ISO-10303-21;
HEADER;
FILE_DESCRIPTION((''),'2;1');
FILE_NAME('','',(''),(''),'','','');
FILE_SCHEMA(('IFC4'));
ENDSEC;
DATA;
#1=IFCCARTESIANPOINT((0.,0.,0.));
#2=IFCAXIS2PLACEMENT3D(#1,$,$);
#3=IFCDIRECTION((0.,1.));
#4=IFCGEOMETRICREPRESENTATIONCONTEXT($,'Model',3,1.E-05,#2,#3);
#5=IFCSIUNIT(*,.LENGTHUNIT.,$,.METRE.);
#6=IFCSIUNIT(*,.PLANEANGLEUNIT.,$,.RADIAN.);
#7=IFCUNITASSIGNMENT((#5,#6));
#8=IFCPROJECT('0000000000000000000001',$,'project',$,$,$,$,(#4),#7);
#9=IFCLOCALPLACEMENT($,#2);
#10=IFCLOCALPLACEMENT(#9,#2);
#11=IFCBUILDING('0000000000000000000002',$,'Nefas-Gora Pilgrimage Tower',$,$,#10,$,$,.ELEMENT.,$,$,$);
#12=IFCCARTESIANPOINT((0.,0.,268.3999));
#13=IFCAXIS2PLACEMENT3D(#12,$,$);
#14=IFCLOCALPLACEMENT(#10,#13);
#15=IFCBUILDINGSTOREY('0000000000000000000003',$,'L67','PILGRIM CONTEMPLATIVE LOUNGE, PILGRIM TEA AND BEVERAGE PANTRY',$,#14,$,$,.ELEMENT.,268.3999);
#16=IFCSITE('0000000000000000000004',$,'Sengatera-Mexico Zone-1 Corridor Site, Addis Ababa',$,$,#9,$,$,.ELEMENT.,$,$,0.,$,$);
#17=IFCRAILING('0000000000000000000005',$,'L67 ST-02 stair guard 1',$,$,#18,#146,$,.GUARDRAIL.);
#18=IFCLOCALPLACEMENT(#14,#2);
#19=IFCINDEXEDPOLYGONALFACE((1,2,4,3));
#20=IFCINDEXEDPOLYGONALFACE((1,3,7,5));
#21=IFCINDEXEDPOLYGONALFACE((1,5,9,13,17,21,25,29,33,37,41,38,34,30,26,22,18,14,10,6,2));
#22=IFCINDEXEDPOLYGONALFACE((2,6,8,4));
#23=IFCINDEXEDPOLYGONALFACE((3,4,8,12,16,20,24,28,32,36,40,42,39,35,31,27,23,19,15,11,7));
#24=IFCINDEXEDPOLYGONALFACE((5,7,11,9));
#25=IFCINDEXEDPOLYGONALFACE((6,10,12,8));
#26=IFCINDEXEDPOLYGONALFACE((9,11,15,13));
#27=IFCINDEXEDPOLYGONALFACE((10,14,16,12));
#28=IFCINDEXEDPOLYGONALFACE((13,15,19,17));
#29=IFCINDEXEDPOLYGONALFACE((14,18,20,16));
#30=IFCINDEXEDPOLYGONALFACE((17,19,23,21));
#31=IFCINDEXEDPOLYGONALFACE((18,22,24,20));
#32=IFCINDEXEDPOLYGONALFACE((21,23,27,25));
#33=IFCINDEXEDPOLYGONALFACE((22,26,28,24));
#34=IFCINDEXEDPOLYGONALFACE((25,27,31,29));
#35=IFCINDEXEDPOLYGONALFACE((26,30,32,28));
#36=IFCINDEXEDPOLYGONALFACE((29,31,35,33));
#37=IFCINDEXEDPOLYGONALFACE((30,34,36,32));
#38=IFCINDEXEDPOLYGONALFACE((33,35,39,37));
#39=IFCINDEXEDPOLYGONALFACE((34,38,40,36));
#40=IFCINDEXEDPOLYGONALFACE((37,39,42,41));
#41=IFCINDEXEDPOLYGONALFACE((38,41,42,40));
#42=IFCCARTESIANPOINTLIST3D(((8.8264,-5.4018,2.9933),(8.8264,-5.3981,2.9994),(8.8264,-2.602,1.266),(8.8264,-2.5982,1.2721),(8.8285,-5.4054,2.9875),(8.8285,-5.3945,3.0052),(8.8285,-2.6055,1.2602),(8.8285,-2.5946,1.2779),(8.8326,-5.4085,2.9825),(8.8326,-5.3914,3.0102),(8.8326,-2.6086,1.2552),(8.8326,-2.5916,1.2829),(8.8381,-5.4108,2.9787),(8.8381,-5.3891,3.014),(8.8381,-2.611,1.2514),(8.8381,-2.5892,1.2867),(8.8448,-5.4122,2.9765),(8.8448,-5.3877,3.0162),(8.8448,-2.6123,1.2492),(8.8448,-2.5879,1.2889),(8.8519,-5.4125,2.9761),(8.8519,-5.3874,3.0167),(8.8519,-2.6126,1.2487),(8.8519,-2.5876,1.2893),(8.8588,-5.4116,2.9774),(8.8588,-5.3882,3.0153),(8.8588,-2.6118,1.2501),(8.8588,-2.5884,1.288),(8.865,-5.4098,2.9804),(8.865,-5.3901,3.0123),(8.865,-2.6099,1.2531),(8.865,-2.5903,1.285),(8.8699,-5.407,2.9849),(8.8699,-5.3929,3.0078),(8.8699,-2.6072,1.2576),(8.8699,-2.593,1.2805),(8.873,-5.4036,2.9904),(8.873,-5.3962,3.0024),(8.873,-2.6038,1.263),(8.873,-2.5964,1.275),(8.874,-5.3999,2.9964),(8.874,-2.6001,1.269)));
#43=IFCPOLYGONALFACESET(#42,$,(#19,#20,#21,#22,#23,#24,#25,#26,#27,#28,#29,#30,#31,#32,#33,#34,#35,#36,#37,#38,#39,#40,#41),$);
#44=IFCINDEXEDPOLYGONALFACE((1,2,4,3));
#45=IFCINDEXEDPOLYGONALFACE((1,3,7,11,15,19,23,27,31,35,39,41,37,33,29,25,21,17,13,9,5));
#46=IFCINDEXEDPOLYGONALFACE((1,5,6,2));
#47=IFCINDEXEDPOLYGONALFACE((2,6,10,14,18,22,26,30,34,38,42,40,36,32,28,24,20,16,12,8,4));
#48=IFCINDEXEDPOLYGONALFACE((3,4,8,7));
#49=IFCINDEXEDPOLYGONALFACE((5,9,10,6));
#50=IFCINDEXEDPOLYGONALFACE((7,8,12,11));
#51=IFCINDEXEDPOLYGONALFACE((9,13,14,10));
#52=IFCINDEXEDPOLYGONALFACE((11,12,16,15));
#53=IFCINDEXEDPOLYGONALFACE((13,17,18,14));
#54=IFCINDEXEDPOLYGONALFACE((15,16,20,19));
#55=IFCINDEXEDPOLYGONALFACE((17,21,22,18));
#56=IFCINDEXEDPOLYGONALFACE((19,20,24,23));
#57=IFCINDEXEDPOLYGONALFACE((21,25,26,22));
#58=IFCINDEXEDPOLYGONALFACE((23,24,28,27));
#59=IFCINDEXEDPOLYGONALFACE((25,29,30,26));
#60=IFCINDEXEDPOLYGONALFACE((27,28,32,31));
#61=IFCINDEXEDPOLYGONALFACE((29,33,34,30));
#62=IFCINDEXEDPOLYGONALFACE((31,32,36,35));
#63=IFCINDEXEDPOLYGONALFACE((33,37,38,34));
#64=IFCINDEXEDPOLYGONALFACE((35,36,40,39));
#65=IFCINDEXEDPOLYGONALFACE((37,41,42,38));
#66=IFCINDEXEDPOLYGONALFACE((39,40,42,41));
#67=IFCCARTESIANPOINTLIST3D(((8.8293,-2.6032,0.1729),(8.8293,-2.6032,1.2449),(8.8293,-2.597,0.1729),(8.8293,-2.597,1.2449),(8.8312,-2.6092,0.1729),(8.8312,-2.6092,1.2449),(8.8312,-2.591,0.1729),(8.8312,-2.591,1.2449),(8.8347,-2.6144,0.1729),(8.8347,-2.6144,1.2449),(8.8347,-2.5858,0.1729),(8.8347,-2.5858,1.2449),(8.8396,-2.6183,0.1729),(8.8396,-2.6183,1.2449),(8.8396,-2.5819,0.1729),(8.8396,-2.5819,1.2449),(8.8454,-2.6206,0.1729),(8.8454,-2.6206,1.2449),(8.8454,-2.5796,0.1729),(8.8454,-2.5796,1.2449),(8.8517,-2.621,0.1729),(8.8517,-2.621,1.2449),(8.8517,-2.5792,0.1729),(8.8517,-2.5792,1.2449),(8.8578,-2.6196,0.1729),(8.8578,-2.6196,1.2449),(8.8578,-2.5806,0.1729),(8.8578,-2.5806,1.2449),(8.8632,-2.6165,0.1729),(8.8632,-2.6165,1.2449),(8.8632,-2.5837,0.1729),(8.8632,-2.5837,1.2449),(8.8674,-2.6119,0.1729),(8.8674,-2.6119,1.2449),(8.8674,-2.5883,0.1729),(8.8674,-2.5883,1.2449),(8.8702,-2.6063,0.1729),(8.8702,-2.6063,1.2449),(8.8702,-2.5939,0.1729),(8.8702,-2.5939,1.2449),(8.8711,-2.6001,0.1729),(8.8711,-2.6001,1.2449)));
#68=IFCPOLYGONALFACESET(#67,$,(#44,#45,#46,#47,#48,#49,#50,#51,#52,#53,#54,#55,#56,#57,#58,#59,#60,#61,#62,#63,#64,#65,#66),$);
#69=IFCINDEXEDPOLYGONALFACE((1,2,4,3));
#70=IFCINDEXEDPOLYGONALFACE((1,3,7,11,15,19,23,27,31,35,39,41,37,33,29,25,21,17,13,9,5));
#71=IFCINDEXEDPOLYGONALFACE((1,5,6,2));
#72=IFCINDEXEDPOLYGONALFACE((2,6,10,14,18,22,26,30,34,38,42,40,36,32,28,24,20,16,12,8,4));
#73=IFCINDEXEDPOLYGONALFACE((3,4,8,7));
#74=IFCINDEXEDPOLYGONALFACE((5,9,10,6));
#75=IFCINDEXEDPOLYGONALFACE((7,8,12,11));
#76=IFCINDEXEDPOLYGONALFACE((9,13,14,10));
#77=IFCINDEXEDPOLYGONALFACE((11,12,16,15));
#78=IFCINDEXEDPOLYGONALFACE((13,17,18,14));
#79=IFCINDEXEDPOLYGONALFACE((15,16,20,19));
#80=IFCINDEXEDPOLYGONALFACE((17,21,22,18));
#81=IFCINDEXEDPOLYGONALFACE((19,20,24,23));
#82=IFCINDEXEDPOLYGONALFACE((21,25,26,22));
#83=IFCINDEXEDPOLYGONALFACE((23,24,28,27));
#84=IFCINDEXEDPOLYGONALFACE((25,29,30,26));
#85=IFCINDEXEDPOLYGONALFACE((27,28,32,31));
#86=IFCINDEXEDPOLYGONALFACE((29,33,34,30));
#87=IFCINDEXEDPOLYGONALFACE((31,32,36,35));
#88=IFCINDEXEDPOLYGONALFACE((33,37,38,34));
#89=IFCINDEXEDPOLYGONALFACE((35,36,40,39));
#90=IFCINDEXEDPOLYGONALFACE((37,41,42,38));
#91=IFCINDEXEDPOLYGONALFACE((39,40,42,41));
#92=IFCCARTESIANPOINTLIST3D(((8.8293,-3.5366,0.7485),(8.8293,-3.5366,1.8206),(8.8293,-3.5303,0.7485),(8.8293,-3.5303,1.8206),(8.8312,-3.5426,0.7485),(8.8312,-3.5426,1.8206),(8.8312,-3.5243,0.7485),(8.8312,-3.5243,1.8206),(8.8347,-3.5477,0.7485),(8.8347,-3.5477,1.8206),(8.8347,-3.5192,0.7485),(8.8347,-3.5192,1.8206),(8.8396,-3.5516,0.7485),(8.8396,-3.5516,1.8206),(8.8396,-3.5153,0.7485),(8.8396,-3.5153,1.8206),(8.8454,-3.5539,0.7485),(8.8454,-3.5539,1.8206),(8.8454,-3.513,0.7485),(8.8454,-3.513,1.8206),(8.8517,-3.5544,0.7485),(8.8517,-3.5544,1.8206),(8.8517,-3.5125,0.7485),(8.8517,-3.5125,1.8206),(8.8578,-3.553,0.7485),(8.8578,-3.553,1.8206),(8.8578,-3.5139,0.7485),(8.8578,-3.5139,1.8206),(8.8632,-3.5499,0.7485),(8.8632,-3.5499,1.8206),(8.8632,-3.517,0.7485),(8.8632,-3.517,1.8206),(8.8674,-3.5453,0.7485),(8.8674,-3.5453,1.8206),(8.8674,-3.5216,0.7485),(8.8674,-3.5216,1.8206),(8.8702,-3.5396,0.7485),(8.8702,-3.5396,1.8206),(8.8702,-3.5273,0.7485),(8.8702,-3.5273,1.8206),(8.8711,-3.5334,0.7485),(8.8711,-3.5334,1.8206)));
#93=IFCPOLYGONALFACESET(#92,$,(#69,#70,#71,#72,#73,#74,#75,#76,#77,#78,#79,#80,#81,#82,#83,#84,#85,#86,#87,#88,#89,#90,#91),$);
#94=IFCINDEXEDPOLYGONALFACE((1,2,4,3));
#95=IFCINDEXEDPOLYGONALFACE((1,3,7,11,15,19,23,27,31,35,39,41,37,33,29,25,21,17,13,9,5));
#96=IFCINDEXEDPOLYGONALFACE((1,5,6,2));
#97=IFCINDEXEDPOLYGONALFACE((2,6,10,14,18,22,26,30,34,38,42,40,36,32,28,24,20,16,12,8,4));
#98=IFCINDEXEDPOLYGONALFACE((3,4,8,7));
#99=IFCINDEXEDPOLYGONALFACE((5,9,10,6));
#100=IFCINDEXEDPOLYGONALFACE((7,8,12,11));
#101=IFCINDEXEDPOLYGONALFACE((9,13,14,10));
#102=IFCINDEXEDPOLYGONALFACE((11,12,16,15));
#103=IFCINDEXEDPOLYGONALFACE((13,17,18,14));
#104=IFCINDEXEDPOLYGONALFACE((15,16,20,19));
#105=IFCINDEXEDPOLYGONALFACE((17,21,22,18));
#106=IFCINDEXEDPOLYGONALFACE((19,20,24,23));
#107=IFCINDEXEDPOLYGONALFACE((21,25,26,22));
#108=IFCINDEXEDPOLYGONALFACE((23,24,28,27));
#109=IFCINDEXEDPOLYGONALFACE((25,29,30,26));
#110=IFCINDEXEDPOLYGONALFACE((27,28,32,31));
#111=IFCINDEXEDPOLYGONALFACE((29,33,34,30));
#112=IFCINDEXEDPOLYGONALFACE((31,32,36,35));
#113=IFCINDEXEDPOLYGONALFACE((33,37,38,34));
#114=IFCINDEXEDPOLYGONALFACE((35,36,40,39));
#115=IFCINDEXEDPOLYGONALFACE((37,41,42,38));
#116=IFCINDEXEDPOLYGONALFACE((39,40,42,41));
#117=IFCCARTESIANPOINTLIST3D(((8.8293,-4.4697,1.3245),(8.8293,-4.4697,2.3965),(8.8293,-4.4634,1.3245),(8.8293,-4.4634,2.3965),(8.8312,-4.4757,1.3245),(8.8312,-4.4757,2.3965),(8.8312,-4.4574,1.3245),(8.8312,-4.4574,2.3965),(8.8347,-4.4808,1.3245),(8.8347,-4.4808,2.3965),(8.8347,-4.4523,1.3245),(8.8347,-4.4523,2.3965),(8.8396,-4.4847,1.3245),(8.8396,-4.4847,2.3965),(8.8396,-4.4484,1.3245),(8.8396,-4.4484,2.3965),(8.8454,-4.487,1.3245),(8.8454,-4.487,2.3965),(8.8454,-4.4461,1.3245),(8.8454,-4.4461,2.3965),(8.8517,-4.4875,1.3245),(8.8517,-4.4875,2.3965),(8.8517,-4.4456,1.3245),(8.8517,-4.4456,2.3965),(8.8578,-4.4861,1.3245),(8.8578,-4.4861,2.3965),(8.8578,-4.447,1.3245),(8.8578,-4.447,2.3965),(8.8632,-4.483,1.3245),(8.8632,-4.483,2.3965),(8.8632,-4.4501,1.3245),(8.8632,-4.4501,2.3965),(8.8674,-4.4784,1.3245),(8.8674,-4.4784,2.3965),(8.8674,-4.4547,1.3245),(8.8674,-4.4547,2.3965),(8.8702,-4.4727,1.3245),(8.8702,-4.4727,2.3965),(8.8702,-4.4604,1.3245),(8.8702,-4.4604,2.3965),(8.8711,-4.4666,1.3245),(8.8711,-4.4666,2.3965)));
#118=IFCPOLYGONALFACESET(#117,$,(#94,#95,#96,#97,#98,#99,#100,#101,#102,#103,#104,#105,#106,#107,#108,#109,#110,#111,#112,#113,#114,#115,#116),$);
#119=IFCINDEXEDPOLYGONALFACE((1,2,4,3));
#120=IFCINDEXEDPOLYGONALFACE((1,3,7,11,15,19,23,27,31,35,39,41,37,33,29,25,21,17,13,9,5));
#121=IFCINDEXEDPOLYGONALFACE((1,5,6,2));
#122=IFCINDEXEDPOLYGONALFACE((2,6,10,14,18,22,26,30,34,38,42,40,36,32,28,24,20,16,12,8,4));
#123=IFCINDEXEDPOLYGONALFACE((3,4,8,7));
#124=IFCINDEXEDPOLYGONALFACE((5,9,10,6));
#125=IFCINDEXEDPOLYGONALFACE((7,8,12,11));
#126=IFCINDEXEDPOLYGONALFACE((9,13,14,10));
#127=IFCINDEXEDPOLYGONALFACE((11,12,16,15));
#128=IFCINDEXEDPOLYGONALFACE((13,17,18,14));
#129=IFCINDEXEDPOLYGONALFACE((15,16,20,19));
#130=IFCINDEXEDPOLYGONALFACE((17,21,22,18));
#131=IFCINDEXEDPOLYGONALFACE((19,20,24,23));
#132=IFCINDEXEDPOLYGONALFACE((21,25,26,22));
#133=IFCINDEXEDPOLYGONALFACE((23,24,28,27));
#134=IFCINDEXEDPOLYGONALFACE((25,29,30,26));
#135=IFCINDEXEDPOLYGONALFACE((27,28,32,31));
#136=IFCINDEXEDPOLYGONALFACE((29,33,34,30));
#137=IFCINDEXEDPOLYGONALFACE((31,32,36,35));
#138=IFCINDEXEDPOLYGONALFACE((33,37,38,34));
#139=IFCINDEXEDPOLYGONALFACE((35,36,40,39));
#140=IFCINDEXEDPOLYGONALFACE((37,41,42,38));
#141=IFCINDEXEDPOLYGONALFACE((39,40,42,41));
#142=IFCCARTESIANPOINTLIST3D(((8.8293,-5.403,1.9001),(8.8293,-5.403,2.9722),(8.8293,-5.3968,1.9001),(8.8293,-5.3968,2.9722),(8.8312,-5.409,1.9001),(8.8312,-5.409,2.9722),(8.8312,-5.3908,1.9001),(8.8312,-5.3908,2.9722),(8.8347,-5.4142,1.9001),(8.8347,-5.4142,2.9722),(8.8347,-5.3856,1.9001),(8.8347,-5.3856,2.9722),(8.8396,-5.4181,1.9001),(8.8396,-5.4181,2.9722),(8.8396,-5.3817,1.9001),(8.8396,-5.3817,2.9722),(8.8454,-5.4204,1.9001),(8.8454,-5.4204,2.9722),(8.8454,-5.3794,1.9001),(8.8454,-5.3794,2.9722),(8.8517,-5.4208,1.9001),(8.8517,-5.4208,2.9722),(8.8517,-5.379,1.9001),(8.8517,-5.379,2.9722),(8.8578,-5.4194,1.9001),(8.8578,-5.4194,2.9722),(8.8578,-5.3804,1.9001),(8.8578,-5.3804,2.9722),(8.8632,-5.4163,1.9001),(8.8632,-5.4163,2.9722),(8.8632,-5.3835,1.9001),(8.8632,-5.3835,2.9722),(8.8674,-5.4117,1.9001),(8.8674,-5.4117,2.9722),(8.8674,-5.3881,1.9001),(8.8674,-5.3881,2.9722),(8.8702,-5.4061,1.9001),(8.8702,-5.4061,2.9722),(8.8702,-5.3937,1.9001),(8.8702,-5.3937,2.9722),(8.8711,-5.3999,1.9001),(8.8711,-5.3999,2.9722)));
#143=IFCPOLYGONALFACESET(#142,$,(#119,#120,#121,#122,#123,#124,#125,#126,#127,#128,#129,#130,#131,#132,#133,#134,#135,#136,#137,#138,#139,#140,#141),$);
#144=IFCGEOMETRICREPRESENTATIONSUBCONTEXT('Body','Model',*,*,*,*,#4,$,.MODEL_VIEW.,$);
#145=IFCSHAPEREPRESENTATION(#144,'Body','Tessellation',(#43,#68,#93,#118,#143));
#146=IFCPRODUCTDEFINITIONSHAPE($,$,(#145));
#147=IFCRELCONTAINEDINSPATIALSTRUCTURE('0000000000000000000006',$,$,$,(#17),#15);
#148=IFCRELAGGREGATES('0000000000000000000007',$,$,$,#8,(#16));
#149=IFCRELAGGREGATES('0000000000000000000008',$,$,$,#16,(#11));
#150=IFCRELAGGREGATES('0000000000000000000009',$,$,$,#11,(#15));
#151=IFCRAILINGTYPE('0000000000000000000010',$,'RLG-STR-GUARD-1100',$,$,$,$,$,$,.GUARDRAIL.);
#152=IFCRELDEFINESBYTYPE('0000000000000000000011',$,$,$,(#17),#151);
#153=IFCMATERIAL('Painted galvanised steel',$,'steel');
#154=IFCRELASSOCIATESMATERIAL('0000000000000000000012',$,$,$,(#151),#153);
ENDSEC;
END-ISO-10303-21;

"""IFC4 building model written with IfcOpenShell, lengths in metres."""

from ifc_helpers import new_model, si_unit, direction, frame, origin, origin_2d, place, context, subcontext, project, spatial, circle, extrude, material, type_object, element, save


model = new_model("IFC4")

# Units and contexts
model_context = context("Model", 3, precision=1e-05, world=origin(), true_north=direction((0.0, 1.0)))
body_context = subcontext(model_context, "Body", "Model", "MODEL_VIEW")
ifc_project = project(units=[si_unit("LENGTHUNIT", "METRE"), si_unit("PLANEANGLEUNIT", "RADIAN")], contexts=[model_context])

# Site, building, storey
site_placement = place(None, origin())
site = spatial("IfcSite", under=ifc_project, at=site_placement, Name="Sengatera-Mexico Zone-1 Corridor Site, Addis Ababa", CompositionType="ELEMENT", RefElevation=0.0)
building_placement = place(site_placement, origin())
building = spatial("IfcBuilding", under=site, at=building_placement, Name="Nefas-Gora Pilgrimage Tower", CompositionType="ELEMENT")
storey_placement = place(building_placement, frame((0.0, 0.0, 268.3999)))
storey = spatial("IfcBuildingStorey", under=building, at=storey_placement, Name="L67", Description="PILGRIM CONTEMPLATIVE LOUNGE, PILGRIM TEA AND BEVERAGE PANTRY", CompositionType="ELEMENT", Elevation=268.3999)

# Railing
ifc_material_1 = material(Name="Painted galvanised steel", Category="steel")
railing_type_1 = type_object("IfcRailingType", Name="RLG-STR-GUARD-1100", PredefinedType="GUARDRAIL", material=ifc_material_1)
railing_1_placement = place(storey_placement, frame((8.8501, -2.6001, 0.1729)))
element("IfcRailing", 1, at=railing_1_placement, inside=storey, type_object=railing_type_1, Name="L67 ST-02 stair guard 1", PredefinedType="GUARDRAIL", context=body_context, shape_type="SweptSolid", body=[
    extrude(circle(Radius=0.0239, at=origin_2d()), frame((0.0, 0.0, 1.0962), z_axis=(0.0, -0.851069, 0.525054), x_axis=(1.0, 0.0, 0.0)), (0.0, 0.0, 1.0), 3.2898),
    extrude(circle(Radius=0.021, at=origin_2d()), origin(), (0.0, 0.0, 1.0), 1.072),
    extrude(circle(Radius=0.021, at=origin_2d()), frame((0.0, -0.9333, 0.5757)), (0.0, 0.0, 1.0), 1.072),
    extrude(circle(Radius=0.021, at=origin_2d()), frame((0.0, -1.8665, 1.1516)), (0.0, 0.0, 1.0), 1.072),
    extrude(circle(Radius=0.021, at=origin_2d()), frame((0.0, -2.7998, 1.7273)), (0.0, 0.0, 1.0), 1.072),
])

save(model, "model.ifc")
